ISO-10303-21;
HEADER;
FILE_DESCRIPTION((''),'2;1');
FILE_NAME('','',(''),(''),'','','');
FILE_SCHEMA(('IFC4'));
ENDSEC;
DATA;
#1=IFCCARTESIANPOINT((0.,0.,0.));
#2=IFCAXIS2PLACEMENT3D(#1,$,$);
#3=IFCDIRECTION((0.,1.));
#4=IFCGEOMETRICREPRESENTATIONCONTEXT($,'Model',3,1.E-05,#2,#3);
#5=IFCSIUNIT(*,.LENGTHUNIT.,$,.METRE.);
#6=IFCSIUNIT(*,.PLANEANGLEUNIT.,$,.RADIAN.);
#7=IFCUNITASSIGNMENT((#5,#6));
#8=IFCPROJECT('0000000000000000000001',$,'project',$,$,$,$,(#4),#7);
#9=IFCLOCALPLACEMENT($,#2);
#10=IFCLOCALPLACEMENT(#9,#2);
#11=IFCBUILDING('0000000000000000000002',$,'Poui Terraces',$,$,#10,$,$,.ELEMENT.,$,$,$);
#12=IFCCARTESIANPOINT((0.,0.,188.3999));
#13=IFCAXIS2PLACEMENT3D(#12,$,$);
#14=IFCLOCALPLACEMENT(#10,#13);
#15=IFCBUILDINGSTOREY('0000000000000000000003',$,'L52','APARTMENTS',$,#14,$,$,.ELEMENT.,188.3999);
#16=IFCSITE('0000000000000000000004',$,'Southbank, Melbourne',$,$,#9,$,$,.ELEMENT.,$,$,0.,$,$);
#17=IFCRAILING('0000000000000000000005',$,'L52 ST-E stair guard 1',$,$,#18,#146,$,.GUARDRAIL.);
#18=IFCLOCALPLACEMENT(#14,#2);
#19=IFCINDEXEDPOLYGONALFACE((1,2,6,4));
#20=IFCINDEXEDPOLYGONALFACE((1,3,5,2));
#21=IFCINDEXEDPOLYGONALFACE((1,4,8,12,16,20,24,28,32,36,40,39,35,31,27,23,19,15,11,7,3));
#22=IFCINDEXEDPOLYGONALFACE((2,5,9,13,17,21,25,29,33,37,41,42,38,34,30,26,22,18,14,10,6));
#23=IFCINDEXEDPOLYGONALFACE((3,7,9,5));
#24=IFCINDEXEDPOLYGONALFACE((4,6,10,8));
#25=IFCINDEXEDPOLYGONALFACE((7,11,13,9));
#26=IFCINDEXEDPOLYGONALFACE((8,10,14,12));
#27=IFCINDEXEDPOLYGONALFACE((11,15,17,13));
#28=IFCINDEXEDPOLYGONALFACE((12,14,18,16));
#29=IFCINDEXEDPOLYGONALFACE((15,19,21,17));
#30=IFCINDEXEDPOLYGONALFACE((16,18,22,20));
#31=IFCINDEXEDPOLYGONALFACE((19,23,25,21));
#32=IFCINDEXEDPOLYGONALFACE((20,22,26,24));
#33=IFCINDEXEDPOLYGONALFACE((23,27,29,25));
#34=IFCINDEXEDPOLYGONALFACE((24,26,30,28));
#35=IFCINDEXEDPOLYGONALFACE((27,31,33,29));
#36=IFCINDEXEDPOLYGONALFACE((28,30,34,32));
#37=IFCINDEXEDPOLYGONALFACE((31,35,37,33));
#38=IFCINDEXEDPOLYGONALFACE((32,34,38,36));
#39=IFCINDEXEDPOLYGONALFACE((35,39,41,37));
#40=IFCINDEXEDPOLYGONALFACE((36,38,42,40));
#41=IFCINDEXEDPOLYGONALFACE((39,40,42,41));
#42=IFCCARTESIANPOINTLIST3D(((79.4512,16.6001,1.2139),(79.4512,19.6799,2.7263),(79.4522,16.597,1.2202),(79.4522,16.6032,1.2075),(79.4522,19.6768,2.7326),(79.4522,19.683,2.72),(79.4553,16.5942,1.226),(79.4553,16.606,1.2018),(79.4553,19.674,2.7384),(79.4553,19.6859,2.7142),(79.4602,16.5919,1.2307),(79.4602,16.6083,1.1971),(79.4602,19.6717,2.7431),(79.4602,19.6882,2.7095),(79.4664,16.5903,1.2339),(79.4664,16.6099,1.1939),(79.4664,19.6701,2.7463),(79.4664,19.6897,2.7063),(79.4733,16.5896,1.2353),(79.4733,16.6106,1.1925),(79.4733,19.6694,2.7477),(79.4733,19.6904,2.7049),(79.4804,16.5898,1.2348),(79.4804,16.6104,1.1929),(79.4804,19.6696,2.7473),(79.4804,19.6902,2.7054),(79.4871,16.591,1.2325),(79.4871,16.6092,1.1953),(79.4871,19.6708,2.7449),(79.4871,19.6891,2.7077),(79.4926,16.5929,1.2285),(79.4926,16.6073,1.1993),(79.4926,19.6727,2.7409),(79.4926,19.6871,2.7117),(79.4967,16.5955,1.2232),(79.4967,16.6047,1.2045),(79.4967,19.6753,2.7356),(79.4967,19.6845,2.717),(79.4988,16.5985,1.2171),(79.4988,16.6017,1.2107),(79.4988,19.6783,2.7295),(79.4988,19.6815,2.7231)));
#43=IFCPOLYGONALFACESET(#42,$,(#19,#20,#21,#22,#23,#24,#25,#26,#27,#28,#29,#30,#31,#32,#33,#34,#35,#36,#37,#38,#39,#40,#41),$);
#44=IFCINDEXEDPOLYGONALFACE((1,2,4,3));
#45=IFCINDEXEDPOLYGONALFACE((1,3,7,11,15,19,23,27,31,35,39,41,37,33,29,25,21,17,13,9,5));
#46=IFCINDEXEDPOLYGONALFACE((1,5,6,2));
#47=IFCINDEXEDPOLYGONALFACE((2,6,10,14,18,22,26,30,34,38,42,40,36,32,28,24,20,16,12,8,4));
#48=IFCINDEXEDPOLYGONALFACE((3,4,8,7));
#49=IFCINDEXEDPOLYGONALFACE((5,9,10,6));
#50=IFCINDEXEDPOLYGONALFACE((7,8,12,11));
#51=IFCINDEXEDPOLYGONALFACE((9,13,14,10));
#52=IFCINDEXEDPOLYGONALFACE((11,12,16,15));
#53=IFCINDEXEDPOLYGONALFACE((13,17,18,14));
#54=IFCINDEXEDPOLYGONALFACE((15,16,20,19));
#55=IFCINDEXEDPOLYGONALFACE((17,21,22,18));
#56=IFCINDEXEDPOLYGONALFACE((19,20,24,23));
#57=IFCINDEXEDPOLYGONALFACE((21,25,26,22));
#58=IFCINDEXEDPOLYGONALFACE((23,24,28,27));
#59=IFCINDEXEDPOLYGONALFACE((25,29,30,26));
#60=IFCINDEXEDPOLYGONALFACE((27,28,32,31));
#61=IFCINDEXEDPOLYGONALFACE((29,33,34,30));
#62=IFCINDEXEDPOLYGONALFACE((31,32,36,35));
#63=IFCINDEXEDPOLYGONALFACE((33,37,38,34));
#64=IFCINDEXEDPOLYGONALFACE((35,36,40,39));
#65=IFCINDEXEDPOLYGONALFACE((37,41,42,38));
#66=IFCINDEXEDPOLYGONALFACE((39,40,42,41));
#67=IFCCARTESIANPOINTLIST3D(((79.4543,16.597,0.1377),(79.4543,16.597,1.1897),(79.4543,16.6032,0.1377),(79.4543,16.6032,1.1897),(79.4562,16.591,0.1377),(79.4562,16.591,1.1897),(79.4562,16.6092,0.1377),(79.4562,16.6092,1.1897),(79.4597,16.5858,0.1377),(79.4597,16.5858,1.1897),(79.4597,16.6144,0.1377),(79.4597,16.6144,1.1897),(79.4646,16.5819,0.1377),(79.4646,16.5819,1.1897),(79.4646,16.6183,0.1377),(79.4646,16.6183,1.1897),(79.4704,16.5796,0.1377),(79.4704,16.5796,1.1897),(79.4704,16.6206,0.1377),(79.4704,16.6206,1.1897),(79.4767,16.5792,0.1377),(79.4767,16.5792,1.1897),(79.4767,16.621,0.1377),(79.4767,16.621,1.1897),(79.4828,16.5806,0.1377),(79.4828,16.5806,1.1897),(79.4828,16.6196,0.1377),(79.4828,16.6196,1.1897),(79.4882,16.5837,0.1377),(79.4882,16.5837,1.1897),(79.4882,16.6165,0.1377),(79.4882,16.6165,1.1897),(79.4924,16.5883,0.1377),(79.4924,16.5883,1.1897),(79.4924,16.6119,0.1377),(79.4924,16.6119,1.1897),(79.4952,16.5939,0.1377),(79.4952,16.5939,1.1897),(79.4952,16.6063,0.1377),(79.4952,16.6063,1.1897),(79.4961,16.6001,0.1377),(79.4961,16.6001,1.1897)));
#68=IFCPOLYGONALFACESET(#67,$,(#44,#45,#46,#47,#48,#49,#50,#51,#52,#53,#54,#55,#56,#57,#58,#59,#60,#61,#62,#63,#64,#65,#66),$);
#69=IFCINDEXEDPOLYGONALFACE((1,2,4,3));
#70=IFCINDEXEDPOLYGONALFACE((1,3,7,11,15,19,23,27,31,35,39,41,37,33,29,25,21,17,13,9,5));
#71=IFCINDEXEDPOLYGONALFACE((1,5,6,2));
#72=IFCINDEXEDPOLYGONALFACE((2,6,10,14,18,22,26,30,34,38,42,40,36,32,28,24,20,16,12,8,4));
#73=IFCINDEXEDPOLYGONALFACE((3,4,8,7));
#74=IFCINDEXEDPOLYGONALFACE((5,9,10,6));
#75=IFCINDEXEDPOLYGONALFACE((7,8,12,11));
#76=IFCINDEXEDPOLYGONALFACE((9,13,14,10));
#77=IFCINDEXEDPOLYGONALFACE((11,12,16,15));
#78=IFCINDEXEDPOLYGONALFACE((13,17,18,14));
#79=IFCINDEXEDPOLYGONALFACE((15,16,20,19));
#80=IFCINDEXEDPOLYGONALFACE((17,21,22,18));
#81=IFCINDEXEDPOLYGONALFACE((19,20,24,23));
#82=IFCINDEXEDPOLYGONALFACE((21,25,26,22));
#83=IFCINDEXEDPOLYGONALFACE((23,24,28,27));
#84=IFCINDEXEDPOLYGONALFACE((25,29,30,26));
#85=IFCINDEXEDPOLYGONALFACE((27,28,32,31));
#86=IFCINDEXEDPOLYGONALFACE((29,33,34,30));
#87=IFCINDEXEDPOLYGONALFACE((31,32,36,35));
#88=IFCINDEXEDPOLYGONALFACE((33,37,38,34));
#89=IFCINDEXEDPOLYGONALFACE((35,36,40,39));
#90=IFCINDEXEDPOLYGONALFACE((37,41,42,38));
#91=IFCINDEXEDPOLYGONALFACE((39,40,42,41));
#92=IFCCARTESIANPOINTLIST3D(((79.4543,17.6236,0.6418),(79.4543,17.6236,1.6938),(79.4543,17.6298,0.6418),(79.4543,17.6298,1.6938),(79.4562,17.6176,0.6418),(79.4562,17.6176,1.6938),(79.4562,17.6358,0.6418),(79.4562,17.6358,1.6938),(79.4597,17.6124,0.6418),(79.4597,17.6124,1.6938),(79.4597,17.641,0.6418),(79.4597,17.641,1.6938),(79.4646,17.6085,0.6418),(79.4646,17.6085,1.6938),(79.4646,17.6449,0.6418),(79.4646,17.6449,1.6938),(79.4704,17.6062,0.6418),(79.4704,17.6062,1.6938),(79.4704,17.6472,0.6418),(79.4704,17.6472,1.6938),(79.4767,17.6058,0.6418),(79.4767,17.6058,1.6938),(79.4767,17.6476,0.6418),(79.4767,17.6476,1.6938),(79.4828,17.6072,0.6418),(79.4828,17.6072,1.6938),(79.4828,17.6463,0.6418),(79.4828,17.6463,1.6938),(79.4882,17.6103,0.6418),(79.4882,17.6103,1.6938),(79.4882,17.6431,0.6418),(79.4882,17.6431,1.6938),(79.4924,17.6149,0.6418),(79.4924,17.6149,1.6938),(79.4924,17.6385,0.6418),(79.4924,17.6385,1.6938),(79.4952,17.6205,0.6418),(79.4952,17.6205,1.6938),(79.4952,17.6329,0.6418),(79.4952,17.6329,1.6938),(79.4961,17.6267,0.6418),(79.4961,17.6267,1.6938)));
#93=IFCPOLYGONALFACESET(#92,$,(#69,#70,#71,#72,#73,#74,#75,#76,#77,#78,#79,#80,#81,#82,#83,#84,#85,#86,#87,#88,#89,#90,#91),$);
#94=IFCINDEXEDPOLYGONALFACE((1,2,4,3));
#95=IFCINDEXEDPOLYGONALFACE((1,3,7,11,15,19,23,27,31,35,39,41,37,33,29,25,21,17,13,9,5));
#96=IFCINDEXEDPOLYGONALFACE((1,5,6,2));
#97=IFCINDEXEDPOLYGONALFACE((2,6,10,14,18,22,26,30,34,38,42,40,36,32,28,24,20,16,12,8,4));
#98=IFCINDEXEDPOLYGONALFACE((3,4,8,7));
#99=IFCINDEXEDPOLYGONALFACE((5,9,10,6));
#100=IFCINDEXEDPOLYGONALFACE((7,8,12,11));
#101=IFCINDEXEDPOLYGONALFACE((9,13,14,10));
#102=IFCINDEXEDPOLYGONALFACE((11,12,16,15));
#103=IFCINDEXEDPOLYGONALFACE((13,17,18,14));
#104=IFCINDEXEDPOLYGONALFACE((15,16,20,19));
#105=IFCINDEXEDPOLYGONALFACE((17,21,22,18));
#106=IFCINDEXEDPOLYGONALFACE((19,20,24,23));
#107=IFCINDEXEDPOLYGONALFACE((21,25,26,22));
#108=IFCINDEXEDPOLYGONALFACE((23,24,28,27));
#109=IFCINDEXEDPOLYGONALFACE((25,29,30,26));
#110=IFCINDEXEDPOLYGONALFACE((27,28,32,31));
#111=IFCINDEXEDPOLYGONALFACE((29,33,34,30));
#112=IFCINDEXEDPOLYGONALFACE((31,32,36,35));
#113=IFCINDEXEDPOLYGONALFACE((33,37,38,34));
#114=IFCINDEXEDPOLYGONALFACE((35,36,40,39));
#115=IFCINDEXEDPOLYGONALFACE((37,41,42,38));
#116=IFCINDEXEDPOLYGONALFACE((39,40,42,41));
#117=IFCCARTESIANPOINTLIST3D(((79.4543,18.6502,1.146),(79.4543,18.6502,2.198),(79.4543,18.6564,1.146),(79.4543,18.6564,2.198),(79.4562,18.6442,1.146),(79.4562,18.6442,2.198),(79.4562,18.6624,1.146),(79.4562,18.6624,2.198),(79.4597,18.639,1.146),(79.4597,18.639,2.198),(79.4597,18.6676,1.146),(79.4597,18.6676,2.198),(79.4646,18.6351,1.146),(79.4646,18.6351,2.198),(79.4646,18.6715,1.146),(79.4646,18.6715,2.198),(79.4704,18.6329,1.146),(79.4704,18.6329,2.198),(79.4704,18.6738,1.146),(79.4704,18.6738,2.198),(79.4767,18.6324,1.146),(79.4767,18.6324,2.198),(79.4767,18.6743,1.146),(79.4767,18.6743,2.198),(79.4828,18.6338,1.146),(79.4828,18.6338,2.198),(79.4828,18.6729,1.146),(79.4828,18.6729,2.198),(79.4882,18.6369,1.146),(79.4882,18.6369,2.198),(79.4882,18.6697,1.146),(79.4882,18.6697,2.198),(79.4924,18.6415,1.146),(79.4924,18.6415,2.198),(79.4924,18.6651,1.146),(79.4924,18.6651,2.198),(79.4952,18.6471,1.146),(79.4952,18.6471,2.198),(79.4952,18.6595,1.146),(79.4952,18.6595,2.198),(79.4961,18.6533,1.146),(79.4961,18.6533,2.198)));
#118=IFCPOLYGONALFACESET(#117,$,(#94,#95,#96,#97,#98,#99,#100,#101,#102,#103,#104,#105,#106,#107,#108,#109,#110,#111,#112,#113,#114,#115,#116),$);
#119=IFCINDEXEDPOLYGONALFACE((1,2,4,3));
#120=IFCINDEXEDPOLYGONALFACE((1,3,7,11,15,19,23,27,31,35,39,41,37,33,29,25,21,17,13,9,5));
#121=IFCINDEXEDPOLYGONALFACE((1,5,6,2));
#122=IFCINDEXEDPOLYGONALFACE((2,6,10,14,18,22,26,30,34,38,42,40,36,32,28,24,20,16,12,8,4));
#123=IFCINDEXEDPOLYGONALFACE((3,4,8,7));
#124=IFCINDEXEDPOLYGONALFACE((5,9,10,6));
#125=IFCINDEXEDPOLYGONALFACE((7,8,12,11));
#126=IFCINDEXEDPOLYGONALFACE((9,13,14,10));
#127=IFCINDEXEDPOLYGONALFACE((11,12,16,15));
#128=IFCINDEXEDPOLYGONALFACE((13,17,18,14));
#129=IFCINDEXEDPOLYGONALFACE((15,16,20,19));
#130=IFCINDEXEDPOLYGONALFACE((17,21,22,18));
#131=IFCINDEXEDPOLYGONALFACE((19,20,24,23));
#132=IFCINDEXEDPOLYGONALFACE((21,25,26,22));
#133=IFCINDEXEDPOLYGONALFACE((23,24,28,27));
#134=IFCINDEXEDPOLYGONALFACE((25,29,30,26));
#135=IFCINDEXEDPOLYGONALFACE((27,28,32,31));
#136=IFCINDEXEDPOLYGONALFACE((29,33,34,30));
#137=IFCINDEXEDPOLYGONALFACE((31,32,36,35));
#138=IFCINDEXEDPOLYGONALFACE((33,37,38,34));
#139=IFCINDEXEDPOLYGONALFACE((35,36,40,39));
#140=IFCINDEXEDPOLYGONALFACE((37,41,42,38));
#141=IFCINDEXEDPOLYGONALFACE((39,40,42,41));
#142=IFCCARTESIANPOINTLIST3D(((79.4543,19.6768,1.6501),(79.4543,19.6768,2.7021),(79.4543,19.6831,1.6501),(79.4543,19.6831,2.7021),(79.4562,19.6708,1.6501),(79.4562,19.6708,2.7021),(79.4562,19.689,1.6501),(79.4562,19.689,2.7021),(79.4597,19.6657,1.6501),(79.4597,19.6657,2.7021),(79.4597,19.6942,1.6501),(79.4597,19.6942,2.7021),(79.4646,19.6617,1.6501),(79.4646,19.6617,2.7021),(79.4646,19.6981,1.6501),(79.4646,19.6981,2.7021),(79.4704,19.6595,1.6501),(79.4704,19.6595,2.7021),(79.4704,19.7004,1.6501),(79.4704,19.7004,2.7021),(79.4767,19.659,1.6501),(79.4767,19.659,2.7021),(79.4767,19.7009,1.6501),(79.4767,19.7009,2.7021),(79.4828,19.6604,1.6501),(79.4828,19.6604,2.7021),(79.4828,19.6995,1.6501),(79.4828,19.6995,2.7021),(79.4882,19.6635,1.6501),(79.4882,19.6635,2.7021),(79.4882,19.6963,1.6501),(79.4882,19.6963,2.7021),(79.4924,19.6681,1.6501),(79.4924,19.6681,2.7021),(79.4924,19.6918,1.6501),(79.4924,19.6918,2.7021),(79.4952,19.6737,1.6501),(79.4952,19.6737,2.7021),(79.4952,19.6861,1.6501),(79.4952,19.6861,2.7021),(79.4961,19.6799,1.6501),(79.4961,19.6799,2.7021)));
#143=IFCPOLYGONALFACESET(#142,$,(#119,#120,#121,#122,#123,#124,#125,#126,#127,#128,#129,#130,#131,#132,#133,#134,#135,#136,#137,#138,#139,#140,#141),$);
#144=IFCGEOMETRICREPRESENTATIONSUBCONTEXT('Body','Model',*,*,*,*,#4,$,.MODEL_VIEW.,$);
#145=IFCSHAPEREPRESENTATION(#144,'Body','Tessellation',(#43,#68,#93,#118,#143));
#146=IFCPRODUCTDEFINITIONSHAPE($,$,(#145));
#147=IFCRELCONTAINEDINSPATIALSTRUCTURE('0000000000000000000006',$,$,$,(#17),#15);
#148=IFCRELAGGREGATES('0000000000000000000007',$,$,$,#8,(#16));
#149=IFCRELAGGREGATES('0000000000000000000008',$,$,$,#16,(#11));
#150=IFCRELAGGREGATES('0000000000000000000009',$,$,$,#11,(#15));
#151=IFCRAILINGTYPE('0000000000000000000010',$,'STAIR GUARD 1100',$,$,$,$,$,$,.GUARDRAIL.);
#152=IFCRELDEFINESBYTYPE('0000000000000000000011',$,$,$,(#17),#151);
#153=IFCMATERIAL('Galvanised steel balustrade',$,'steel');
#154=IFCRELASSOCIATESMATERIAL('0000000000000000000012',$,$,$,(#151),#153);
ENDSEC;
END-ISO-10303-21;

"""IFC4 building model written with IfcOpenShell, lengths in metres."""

from ifc_helpers import new_model, si_unit, direction, frame, origin, origin_2d, place, context, subcontext, project, spatial, circle, extrude, material, type_object, element, save


model = new_model("IFC4")

# Units and contexts
model_context = context("Model", 3, precision=1e-05, world=origin(), true_north=direction((0.0, 1.0)))
body_context = subcontext(model_context, "Body", "Model", "MODEL_VIEW")
ifc_project = project(units=[si_unit("LENGTHUNIT", "METRE"), si_unit("PLANEANGLEUNIT", "RADIAN")], contexts=[model_context])

# Site, building, storey
site_placement = place(None, origin())
site = spatial("IfcSite", under=ifc_project, at=site_placement, Name="Southbank, Melbourne", CompositionType="ELEMENT", RefElevation=0.0)
building_placement = place(site_placement, origin())
building = spatial("IfcBuilding", under=site, at=building_placement, Name="Poui Terraces", CompositionType="ELEMENT")
storey_placement = place(building_placement, frame((0.0, 0.0, 188.3999)))
storey = spatial("IfcBuildingStorey", under=building, at=storey_placement, Name="L52", Description="APARTMENTS", CompositionType="ELEMENT", Elevation=188.3999)

# Railing
ifc_material_1 = material(Name="Galvanised steel balustrade", Category="steel")
railing_type_1 = type_object("IfcRailingType", Name="STAIR GUARD 1100", PredefinedType="GUARDRAIL", material=ifc_material_1)
railing_1_placement = place(storey_placement, frame((79.4751, 16.6001, 0.1377)))
element("IfcRailing", 1, at=railing_1_placement, inside=storey, type_object=railing_type_1, Name="L52 ST-E stair guard 1", PredefinedType="GUARDRAIL", context=body_context, shape_type="SweptSolid", body=[
    extrude(circle(Radius=0.0239, at=origin_2d()), frame((0.0, 0.0, 1.0762), z_axis=(0.0, 0.897606, 0.440798), x_axis=(-1.0, 0.0, 0.0)), (0.0, 0.0, 1.0), 3.4312),
    extrude(circle(Radius=0.021, at=origin_2d()), origin(), (0.0, 0.0, 1.0), 1.052),
    extrude(circle(Radius=0.021, at=origin_2d()), frame((0.0, 1.0266, 0.5042)), (0.0, 0.0, 1.0), 1.052),
    extrude(circle(Radius=0.021, at=origin_2d()), frame((0.0, 2.0532, 1.0083)), (0.0, 0.0, 1.0), 1.052),
    extrude(circle(Radius=0.021, at=origin_2d()), frame((0.0, 3.0798, 1.5125)), (0.0, 0.0, 1.0), 1.052),
])

save(model, "model.ifc")
